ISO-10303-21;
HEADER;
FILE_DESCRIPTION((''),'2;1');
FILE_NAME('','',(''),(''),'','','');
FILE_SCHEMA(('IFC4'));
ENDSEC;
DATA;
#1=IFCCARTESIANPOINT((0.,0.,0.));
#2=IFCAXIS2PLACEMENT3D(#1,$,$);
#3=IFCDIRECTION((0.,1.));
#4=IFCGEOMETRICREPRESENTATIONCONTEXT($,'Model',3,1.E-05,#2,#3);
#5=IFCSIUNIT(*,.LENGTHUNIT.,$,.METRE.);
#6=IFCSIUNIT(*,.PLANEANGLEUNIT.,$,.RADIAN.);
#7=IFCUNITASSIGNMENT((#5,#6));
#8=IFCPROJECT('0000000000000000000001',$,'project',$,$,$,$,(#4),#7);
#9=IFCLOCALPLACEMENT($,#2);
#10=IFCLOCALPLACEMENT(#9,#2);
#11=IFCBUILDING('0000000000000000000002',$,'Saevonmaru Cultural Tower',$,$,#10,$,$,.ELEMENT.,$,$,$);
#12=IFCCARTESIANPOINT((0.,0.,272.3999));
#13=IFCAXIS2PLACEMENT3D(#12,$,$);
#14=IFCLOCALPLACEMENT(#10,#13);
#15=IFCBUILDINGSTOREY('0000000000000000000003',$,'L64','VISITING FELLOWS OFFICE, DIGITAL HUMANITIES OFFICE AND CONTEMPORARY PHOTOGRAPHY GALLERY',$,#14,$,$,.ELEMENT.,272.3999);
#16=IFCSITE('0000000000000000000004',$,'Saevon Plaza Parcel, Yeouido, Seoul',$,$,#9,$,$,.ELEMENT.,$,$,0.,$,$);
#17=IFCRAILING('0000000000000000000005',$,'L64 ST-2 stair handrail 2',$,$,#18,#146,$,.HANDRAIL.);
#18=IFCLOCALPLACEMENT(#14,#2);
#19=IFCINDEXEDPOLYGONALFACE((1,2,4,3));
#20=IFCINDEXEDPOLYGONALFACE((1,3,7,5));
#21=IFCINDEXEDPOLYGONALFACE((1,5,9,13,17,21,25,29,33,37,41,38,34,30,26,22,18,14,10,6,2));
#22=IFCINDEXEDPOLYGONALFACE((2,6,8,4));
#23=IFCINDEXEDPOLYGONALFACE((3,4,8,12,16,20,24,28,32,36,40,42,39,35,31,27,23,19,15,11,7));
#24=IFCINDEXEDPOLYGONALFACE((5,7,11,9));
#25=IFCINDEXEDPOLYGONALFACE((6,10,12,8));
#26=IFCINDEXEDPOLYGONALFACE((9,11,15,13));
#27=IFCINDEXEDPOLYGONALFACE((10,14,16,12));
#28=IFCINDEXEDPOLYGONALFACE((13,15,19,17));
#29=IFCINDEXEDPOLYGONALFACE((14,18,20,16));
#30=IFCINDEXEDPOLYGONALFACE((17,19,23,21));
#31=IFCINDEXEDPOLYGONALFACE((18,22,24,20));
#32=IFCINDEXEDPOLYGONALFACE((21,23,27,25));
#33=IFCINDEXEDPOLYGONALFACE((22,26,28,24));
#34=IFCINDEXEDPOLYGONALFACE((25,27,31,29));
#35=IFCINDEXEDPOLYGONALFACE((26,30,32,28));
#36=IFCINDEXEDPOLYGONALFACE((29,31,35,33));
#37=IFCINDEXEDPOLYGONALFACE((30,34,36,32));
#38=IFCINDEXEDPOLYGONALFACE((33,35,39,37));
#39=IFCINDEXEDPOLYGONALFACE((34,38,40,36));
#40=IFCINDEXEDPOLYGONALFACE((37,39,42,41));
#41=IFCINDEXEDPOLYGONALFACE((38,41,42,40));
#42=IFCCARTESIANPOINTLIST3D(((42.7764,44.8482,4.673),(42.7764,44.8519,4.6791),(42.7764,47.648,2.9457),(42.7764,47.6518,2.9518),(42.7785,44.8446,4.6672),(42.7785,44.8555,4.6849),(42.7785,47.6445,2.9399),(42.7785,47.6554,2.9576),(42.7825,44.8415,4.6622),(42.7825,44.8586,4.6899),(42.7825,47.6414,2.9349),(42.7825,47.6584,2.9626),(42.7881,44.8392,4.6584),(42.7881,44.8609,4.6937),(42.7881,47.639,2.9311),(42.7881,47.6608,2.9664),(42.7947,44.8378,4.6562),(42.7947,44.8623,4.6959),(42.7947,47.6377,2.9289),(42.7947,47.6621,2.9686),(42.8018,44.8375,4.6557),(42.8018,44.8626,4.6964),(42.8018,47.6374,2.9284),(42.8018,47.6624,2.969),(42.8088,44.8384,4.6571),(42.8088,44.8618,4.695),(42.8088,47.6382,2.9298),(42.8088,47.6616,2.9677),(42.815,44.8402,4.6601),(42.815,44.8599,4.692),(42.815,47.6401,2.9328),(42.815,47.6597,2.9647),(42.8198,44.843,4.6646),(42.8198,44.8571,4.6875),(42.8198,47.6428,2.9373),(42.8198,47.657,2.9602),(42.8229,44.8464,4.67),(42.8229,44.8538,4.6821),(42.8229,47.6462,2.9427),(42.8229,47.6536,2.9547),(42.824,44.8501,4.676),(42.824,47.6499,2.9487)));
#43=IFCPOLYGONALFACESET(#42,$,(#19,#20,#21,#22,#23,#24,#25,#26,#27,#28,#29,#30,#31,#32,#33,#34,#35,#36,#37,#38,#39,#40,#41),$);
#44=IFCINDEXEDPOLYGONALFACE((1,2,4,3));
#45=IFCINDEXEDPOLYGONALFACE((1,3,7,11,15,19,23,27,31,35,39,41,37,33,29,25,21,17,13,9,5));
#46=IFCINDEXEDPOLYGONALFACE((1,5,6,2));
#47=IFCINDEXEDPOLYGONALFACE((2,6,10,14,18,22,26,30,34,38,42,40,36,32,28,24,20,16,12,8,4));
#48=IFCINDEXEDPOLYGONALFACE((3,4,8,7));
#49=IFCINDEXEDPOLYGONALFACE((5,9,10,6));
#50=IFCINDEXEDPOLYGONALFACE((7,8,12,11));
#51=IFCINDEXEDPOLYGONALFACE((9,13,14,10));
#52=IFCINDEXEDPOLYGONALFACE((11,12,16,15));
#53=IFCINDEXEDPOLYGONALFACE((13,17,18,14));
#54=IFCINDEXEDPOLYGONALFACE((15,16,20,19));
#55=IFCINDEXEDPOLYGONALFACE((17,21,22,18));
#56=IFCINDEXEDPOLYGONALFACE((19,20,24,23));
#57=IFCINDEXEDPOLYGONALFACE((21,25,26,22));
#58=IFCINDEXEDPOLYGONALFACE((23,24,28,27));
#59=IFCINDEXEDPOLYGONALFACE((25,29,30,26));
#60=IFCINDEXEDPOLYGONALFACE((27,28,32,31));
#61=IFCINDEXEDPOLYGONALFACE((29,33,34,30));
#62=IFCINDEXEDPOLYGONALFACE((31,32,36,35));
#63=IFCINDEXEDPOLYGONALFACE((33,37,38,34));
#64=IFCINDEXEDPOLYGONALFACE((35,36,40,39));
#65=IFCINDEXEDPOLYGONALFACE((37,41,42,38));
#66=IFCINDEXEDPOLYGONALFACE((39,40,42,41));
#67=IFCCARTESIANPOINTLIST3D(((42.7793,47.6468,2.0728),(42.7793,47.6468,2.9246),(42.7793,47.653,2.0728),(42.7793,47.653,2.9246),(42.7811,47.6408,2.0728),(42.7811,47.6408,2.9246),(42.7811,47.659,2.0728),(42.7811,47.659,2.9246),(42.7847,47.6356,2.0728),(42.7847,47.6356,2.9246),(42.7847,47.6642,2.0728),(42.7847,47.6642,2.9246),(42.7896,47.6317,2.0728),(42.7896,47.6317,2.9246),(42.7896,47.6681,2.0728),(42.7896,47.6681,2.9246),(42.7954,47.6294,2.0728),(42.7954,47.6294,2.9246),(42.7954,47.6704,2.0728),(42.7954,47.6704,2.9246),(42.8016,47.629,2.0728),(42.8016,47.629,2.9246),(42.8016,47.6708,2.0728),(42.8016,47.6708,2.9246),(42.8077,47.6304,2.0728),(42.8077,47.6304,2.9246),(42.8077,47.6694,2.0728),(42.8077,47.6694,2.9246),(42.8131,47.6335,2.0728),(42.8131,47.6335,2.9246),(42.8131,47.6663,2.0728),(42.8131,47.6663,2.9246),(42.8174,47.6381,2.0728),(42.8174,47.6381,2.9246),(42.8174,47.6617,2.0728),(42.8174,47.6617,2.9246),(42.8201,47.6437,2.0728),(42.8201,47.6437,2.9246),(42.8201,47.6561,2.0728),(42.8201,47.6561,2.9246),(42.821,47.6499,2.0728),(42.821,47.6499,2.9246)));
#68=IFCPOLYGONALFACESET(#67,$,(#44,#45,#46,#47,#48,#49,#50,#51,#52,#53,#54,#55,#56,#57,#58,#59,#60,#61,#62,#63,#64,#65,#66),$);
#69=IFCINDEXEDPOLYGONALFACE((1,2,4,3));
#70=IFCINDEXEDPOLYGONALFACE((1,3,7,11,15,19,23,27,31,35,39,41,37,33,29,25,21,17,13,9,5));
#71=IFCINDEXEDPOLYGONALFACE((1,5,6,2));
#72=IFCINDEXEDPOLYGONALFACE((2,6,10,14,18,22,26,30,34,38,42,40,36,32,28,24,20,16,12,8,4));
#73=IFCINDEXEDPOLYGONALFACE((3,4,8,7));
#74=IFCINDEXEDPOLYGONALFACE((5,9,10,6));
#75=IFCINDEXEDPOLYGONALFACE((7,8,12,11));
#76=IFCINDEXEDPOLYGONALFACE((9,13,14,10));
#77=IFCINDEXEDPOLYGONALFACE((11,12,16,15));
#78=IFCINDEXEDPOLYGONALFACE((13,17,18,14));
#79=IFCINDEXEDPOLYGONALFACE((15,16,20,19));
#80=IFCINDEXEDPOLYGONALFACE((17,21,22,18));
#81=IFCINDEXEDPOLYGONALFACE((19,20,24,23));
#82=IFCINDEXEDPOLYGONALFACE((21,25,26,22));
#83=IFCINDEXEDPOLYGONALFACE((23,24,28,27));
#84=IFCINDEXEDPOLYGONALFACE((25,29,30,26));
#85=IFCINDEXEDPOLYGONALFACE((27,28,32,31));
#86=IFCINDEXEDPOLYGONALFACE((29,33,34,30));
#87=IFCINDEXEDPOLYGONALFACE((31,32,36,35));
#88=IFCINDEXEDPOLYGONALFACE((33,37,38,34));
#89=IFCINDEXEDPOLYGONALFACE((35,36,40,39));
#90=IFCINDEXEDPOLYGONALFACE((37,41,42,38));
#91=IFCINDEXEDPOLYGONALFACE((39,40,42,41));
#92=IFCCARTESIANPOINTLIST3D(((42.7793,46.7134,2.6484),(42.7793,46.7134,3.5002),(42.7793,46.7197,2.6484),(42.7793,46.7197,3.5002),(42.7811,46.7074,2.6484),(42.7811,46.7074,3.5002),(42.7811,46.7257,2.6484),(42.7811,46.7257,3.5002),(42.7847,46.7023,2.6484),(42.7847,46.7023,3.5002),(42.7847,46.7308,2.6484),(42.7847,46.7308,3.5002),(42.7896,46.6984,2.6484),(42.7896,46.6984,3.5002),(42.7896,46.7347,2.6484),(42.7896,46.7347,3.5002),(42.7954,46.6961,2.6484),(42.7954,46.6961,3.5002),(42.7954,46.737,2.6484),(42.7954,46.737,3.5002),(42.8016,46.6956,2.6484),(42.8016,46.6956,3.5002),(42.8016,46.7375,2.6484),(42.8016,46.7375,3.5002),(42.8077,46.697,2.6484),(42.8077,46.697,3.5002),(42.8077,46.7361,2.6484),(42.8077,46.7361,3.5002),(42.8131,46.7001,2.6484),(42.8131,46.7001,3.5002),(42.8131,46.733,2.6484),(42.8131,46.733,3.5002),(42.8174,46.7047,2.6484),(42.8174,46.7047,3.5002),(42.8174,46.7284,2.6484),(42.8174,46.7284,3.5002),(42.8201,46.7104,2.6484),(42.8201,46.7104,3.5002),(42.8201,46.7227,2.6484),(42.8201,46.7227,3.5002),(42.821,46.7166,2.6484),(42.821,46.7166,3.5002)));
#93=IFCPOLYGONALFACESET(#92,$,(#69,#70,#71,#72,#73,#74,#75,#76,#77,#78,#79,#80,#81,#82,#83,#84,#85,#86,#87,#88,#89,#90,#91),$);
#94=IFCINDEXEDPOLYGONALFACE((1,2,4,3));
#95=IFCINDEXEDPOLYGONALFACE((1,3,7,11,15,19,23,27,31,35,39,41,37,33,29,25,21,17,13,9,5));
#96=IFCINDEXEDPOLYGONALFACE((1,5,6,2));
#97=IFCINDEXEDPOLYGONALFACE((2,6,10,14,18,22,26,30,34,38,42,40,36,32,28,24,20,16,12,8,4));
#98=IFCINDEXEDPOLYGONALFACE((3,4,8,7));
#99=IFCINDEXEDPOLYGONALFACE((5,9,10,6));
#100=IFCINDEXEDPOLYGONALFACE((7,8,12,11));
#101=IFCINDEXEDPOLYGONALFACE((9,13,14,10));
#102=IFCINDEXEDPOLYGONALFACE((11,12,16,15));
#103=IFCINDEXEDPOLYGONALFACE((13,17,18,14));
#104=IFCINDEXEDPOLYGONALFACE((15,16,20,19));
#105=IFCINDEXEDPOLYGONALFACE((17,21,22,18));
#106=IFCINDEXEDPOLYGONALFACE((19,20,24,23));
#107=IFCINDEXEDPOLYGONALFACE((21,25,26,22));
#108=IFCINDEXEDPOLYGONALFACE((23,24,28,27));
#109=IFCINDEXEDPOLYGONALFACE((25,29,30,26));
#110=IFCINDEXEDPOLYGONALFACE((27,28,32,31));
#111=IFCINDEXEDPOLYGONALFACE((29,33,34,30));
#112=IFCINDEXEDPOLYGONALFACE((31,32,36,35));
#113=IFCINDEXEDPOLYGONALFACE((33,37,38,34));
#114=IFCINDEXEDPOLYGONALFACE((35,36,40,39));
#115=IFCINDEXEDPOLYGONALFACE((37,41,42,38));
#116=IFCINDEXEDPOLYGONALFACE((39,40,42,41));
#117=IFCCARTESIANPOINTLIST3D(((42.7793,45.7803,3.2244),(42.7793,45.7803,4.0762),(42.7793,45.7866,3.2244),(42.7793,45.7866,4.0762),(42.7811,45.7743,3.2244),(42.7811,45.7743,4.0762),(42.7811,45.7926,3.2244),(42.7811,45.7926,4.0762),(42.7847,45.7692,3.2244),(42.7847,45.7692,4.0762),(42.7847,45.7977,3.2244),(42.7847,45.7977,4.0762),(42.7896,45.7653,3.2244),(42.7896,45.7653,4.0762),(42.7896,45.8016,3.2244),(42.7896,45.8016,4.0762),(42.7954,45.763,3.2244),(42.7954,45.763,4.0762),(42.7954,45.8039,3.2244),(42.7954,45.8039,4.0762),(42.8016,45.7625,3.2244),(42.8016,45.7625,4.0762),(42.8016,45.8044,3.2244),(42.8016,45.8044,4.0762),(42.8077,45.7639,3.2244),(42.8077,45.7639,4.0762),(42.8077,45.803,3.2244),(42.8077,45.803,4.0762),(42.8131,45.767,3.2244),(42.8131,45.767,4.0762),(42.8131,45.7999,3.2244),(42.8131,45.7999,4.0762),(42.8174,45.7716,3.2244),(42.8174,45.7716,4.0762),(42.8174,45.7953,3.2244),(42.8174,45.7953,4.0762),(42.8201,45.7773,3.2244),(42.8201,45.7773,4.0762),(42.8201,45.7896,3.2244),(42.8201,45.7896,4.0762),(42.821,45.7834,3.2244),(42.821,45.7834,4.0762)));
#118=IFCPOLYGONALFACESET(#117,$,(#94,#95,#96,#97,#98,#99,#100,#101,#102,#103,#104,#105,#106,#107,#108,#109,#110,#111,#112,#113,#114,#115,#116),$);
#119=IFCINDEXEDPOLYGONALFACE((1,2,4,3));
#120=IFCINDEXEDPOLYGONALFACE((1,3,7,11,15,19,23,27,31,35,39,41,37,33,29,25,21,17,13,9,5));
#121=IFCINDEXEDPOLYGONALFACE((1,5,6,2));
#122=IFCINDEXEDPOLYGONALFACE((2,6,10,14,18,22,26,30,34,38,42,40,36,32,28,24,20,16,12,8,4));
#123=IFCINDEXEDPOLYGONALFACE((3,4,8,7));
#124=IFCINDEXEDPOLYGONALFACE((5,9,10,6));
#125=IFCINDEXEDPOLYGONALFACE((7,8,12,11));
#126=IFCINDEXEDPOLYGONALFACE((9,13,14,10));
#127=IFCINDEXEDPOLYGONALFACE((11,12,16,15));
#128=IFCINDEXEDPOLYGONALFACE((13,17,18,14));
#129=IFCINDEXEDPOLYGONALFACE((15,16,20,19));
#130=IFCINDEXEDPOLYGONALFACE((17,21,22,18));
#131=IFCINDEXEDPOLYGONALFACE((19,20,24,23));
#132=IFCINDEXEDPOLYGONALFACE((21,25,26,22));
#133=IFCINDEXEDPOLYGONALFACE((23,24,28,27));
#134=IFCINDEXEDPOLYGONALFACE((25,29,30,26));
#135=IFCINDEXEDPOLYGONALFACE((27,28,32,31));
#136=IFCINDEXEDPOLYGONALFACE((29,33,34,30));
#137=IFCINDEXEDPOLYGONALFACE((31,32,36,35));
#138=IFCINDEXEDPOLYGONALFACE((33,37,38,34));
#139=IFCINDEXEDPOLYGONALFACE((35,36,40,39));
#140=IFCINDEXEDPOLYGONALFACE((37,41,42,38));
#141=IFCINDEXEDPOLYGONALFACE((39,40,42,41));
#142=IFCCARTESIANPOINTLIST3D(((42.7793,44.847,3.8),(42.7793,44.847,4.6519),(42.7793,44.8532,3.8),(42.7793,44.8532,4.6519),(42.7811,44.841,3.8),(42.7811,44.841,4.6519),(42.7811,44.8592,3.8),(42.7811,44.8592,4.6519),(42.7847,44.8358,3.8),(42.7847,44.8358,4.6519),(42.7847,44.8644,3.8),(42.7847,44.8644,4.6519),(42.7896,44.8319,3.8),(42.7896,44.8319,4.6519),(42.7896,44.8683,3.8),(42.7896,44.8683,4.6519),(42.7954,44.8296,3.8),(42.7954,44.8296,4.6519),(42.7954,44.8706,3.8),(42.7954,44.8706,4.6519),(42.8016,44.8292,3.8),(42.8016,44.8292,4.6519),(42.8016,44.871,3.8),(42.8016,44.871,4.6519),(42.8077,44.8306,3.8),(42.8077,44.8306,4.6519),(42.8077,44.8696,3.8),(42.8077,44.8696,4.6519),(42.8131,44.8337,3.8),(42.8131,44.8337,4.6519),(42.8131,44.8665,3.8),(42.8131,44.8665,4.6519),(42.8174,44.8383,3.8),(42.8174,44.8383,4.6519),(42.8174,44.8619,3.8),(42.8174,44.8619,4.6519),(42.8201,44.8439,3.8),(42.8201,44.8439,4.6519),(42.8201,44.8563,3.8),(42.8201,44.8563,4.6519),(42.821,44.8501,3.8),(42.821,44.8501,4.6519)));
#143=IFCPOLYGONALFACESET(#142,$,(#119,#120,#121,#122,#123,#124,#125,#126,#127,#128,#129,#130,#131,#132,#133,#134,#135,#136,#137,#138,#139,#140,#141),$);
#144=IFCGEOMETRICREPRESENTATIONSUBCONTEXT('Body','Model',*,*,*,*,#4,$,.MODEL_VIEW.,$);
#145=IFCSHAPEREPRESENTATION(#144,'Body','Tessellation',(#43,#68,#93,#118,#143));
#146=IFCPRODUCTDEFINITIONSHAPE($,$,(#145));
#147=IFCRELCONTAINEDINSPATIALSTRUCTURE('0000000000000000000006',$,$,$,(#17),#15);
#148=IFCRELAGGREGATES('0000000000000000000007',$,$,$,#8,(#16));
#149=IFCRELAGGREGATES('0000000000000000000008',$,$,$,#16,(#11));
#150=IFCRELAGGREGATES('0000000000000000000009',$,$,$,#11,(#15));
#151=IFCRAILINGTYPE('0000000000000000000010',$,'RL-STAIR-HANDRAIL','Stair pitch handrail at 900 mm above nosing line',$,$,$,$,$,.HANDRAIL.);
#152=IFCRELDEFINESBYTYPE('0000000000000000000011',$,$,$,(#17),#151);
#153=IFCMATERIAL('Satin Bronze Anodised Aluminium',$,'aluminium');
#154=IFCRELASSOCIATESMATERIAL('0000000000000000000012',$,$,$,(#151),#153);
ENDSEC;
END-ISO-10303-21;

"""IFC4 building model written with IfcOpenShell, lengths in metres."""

from ifc_helpers import new_model, si_unit, direction, frame, origin, origin_2d, place, context, subcontext, project, spatial, circle, extrude, material, type_object, element, save


model = new_model("IFC4")

# Units and contexts
model_context = context("Model", 3, precision=1e-05, world=origin(), true_north=direction((0.0, 1.0)))
body_context = subcontext(model_context, "Body", "Model", "MODEL_VIEW")
ifc_project = project(units=[si_unit("LENGTHUNIT", "METRE"), si_unit("PLANEANGLEUNIT", "RADIAN")], contexts=[model_context])

# Site, building, storey
site_placement = place(None, origin())
site = spatial("IfcSite", under=ifc_project, at=site_placement, Name="Saevon Plaza Parcel, Yeouido, Seoul", CompositionType="ELEMENT", RefElevation=0.0)
building_placement = place(site_placement, origin())
building = spatial("IfcBuilding", under=site, at=building_placement, Name="Saevonmaru Cultural Tower", CompositionType="ELEMENT")
storey_placement = place(building_placement, frame((0.0, 0.0, 272.3999)))
storey = spatial("IfcBuildingStorey", under=building, at=storey_placement, Name="L64", Description="VISITING FELLOWS OFFICE, DIGITAL HUMANITIES OFFICE AND CONTEMPORARY PHOTOGRAPHY GALLERY", CompositionType="ELEMENT", Elevation=272.3999)

# Shared definitions
ifc_material_1 = material(Name="Satin Bronze Anodised Aluminium", Category="aluminium")

# Railing
railing_type_1 = type_object("IfcRailingType", Name="RL-STAIR-HANDRAIL", Description="Stair pitch handrail at 900 mm above nosing line", PredefinedType="HANDRAIL", material=ifc_material_1)
railing_1_placement = place(storey_placement, frame((42.8, 47.6499, 2.0728)))
element("IfcRailing", 1, at=railing_1_placement, inside=storey, type_object=railing_type_1, Name="L64 ST-2 stair handrail 2", PredefinedType="HANDRAIL", context=body_context, shape_type="SweptSolid", body=[
    extrude(circle(Radius=0.0239, at=origin_2d()), frame((0.0, 0.0, 0.876), z_axis=(0.0, -0.851069, 0.525054), x_axis=(1.0, 0.0, 0.0)), (0.0, 0.0, 1.0), 3.2898),
    extrude(circle(Radius=0.021, at=origin_2d()), origin(), (0.0, 0.0, 1.0), 0.8518),
    extrude(circle(Radius=0.021, at=origin_2d()), frame((0.0, -0.9333, 0.5757)), (0.0, 0.0, 1.0), 0.8518),
    extrude(circle(Radius=0.021, at=origin_2d()), frame((0.0, -1.8665, 1.1516)), (0.0, 0.0, 1.0), 0.8518),
    extrude(circle(Radius=0.021, at=origin_2d()), frame((0.0, -2.7998, 1.7273)), (0.0, 0.0, 1.0), 0.8518),
])

save(model, "model.ifc")
